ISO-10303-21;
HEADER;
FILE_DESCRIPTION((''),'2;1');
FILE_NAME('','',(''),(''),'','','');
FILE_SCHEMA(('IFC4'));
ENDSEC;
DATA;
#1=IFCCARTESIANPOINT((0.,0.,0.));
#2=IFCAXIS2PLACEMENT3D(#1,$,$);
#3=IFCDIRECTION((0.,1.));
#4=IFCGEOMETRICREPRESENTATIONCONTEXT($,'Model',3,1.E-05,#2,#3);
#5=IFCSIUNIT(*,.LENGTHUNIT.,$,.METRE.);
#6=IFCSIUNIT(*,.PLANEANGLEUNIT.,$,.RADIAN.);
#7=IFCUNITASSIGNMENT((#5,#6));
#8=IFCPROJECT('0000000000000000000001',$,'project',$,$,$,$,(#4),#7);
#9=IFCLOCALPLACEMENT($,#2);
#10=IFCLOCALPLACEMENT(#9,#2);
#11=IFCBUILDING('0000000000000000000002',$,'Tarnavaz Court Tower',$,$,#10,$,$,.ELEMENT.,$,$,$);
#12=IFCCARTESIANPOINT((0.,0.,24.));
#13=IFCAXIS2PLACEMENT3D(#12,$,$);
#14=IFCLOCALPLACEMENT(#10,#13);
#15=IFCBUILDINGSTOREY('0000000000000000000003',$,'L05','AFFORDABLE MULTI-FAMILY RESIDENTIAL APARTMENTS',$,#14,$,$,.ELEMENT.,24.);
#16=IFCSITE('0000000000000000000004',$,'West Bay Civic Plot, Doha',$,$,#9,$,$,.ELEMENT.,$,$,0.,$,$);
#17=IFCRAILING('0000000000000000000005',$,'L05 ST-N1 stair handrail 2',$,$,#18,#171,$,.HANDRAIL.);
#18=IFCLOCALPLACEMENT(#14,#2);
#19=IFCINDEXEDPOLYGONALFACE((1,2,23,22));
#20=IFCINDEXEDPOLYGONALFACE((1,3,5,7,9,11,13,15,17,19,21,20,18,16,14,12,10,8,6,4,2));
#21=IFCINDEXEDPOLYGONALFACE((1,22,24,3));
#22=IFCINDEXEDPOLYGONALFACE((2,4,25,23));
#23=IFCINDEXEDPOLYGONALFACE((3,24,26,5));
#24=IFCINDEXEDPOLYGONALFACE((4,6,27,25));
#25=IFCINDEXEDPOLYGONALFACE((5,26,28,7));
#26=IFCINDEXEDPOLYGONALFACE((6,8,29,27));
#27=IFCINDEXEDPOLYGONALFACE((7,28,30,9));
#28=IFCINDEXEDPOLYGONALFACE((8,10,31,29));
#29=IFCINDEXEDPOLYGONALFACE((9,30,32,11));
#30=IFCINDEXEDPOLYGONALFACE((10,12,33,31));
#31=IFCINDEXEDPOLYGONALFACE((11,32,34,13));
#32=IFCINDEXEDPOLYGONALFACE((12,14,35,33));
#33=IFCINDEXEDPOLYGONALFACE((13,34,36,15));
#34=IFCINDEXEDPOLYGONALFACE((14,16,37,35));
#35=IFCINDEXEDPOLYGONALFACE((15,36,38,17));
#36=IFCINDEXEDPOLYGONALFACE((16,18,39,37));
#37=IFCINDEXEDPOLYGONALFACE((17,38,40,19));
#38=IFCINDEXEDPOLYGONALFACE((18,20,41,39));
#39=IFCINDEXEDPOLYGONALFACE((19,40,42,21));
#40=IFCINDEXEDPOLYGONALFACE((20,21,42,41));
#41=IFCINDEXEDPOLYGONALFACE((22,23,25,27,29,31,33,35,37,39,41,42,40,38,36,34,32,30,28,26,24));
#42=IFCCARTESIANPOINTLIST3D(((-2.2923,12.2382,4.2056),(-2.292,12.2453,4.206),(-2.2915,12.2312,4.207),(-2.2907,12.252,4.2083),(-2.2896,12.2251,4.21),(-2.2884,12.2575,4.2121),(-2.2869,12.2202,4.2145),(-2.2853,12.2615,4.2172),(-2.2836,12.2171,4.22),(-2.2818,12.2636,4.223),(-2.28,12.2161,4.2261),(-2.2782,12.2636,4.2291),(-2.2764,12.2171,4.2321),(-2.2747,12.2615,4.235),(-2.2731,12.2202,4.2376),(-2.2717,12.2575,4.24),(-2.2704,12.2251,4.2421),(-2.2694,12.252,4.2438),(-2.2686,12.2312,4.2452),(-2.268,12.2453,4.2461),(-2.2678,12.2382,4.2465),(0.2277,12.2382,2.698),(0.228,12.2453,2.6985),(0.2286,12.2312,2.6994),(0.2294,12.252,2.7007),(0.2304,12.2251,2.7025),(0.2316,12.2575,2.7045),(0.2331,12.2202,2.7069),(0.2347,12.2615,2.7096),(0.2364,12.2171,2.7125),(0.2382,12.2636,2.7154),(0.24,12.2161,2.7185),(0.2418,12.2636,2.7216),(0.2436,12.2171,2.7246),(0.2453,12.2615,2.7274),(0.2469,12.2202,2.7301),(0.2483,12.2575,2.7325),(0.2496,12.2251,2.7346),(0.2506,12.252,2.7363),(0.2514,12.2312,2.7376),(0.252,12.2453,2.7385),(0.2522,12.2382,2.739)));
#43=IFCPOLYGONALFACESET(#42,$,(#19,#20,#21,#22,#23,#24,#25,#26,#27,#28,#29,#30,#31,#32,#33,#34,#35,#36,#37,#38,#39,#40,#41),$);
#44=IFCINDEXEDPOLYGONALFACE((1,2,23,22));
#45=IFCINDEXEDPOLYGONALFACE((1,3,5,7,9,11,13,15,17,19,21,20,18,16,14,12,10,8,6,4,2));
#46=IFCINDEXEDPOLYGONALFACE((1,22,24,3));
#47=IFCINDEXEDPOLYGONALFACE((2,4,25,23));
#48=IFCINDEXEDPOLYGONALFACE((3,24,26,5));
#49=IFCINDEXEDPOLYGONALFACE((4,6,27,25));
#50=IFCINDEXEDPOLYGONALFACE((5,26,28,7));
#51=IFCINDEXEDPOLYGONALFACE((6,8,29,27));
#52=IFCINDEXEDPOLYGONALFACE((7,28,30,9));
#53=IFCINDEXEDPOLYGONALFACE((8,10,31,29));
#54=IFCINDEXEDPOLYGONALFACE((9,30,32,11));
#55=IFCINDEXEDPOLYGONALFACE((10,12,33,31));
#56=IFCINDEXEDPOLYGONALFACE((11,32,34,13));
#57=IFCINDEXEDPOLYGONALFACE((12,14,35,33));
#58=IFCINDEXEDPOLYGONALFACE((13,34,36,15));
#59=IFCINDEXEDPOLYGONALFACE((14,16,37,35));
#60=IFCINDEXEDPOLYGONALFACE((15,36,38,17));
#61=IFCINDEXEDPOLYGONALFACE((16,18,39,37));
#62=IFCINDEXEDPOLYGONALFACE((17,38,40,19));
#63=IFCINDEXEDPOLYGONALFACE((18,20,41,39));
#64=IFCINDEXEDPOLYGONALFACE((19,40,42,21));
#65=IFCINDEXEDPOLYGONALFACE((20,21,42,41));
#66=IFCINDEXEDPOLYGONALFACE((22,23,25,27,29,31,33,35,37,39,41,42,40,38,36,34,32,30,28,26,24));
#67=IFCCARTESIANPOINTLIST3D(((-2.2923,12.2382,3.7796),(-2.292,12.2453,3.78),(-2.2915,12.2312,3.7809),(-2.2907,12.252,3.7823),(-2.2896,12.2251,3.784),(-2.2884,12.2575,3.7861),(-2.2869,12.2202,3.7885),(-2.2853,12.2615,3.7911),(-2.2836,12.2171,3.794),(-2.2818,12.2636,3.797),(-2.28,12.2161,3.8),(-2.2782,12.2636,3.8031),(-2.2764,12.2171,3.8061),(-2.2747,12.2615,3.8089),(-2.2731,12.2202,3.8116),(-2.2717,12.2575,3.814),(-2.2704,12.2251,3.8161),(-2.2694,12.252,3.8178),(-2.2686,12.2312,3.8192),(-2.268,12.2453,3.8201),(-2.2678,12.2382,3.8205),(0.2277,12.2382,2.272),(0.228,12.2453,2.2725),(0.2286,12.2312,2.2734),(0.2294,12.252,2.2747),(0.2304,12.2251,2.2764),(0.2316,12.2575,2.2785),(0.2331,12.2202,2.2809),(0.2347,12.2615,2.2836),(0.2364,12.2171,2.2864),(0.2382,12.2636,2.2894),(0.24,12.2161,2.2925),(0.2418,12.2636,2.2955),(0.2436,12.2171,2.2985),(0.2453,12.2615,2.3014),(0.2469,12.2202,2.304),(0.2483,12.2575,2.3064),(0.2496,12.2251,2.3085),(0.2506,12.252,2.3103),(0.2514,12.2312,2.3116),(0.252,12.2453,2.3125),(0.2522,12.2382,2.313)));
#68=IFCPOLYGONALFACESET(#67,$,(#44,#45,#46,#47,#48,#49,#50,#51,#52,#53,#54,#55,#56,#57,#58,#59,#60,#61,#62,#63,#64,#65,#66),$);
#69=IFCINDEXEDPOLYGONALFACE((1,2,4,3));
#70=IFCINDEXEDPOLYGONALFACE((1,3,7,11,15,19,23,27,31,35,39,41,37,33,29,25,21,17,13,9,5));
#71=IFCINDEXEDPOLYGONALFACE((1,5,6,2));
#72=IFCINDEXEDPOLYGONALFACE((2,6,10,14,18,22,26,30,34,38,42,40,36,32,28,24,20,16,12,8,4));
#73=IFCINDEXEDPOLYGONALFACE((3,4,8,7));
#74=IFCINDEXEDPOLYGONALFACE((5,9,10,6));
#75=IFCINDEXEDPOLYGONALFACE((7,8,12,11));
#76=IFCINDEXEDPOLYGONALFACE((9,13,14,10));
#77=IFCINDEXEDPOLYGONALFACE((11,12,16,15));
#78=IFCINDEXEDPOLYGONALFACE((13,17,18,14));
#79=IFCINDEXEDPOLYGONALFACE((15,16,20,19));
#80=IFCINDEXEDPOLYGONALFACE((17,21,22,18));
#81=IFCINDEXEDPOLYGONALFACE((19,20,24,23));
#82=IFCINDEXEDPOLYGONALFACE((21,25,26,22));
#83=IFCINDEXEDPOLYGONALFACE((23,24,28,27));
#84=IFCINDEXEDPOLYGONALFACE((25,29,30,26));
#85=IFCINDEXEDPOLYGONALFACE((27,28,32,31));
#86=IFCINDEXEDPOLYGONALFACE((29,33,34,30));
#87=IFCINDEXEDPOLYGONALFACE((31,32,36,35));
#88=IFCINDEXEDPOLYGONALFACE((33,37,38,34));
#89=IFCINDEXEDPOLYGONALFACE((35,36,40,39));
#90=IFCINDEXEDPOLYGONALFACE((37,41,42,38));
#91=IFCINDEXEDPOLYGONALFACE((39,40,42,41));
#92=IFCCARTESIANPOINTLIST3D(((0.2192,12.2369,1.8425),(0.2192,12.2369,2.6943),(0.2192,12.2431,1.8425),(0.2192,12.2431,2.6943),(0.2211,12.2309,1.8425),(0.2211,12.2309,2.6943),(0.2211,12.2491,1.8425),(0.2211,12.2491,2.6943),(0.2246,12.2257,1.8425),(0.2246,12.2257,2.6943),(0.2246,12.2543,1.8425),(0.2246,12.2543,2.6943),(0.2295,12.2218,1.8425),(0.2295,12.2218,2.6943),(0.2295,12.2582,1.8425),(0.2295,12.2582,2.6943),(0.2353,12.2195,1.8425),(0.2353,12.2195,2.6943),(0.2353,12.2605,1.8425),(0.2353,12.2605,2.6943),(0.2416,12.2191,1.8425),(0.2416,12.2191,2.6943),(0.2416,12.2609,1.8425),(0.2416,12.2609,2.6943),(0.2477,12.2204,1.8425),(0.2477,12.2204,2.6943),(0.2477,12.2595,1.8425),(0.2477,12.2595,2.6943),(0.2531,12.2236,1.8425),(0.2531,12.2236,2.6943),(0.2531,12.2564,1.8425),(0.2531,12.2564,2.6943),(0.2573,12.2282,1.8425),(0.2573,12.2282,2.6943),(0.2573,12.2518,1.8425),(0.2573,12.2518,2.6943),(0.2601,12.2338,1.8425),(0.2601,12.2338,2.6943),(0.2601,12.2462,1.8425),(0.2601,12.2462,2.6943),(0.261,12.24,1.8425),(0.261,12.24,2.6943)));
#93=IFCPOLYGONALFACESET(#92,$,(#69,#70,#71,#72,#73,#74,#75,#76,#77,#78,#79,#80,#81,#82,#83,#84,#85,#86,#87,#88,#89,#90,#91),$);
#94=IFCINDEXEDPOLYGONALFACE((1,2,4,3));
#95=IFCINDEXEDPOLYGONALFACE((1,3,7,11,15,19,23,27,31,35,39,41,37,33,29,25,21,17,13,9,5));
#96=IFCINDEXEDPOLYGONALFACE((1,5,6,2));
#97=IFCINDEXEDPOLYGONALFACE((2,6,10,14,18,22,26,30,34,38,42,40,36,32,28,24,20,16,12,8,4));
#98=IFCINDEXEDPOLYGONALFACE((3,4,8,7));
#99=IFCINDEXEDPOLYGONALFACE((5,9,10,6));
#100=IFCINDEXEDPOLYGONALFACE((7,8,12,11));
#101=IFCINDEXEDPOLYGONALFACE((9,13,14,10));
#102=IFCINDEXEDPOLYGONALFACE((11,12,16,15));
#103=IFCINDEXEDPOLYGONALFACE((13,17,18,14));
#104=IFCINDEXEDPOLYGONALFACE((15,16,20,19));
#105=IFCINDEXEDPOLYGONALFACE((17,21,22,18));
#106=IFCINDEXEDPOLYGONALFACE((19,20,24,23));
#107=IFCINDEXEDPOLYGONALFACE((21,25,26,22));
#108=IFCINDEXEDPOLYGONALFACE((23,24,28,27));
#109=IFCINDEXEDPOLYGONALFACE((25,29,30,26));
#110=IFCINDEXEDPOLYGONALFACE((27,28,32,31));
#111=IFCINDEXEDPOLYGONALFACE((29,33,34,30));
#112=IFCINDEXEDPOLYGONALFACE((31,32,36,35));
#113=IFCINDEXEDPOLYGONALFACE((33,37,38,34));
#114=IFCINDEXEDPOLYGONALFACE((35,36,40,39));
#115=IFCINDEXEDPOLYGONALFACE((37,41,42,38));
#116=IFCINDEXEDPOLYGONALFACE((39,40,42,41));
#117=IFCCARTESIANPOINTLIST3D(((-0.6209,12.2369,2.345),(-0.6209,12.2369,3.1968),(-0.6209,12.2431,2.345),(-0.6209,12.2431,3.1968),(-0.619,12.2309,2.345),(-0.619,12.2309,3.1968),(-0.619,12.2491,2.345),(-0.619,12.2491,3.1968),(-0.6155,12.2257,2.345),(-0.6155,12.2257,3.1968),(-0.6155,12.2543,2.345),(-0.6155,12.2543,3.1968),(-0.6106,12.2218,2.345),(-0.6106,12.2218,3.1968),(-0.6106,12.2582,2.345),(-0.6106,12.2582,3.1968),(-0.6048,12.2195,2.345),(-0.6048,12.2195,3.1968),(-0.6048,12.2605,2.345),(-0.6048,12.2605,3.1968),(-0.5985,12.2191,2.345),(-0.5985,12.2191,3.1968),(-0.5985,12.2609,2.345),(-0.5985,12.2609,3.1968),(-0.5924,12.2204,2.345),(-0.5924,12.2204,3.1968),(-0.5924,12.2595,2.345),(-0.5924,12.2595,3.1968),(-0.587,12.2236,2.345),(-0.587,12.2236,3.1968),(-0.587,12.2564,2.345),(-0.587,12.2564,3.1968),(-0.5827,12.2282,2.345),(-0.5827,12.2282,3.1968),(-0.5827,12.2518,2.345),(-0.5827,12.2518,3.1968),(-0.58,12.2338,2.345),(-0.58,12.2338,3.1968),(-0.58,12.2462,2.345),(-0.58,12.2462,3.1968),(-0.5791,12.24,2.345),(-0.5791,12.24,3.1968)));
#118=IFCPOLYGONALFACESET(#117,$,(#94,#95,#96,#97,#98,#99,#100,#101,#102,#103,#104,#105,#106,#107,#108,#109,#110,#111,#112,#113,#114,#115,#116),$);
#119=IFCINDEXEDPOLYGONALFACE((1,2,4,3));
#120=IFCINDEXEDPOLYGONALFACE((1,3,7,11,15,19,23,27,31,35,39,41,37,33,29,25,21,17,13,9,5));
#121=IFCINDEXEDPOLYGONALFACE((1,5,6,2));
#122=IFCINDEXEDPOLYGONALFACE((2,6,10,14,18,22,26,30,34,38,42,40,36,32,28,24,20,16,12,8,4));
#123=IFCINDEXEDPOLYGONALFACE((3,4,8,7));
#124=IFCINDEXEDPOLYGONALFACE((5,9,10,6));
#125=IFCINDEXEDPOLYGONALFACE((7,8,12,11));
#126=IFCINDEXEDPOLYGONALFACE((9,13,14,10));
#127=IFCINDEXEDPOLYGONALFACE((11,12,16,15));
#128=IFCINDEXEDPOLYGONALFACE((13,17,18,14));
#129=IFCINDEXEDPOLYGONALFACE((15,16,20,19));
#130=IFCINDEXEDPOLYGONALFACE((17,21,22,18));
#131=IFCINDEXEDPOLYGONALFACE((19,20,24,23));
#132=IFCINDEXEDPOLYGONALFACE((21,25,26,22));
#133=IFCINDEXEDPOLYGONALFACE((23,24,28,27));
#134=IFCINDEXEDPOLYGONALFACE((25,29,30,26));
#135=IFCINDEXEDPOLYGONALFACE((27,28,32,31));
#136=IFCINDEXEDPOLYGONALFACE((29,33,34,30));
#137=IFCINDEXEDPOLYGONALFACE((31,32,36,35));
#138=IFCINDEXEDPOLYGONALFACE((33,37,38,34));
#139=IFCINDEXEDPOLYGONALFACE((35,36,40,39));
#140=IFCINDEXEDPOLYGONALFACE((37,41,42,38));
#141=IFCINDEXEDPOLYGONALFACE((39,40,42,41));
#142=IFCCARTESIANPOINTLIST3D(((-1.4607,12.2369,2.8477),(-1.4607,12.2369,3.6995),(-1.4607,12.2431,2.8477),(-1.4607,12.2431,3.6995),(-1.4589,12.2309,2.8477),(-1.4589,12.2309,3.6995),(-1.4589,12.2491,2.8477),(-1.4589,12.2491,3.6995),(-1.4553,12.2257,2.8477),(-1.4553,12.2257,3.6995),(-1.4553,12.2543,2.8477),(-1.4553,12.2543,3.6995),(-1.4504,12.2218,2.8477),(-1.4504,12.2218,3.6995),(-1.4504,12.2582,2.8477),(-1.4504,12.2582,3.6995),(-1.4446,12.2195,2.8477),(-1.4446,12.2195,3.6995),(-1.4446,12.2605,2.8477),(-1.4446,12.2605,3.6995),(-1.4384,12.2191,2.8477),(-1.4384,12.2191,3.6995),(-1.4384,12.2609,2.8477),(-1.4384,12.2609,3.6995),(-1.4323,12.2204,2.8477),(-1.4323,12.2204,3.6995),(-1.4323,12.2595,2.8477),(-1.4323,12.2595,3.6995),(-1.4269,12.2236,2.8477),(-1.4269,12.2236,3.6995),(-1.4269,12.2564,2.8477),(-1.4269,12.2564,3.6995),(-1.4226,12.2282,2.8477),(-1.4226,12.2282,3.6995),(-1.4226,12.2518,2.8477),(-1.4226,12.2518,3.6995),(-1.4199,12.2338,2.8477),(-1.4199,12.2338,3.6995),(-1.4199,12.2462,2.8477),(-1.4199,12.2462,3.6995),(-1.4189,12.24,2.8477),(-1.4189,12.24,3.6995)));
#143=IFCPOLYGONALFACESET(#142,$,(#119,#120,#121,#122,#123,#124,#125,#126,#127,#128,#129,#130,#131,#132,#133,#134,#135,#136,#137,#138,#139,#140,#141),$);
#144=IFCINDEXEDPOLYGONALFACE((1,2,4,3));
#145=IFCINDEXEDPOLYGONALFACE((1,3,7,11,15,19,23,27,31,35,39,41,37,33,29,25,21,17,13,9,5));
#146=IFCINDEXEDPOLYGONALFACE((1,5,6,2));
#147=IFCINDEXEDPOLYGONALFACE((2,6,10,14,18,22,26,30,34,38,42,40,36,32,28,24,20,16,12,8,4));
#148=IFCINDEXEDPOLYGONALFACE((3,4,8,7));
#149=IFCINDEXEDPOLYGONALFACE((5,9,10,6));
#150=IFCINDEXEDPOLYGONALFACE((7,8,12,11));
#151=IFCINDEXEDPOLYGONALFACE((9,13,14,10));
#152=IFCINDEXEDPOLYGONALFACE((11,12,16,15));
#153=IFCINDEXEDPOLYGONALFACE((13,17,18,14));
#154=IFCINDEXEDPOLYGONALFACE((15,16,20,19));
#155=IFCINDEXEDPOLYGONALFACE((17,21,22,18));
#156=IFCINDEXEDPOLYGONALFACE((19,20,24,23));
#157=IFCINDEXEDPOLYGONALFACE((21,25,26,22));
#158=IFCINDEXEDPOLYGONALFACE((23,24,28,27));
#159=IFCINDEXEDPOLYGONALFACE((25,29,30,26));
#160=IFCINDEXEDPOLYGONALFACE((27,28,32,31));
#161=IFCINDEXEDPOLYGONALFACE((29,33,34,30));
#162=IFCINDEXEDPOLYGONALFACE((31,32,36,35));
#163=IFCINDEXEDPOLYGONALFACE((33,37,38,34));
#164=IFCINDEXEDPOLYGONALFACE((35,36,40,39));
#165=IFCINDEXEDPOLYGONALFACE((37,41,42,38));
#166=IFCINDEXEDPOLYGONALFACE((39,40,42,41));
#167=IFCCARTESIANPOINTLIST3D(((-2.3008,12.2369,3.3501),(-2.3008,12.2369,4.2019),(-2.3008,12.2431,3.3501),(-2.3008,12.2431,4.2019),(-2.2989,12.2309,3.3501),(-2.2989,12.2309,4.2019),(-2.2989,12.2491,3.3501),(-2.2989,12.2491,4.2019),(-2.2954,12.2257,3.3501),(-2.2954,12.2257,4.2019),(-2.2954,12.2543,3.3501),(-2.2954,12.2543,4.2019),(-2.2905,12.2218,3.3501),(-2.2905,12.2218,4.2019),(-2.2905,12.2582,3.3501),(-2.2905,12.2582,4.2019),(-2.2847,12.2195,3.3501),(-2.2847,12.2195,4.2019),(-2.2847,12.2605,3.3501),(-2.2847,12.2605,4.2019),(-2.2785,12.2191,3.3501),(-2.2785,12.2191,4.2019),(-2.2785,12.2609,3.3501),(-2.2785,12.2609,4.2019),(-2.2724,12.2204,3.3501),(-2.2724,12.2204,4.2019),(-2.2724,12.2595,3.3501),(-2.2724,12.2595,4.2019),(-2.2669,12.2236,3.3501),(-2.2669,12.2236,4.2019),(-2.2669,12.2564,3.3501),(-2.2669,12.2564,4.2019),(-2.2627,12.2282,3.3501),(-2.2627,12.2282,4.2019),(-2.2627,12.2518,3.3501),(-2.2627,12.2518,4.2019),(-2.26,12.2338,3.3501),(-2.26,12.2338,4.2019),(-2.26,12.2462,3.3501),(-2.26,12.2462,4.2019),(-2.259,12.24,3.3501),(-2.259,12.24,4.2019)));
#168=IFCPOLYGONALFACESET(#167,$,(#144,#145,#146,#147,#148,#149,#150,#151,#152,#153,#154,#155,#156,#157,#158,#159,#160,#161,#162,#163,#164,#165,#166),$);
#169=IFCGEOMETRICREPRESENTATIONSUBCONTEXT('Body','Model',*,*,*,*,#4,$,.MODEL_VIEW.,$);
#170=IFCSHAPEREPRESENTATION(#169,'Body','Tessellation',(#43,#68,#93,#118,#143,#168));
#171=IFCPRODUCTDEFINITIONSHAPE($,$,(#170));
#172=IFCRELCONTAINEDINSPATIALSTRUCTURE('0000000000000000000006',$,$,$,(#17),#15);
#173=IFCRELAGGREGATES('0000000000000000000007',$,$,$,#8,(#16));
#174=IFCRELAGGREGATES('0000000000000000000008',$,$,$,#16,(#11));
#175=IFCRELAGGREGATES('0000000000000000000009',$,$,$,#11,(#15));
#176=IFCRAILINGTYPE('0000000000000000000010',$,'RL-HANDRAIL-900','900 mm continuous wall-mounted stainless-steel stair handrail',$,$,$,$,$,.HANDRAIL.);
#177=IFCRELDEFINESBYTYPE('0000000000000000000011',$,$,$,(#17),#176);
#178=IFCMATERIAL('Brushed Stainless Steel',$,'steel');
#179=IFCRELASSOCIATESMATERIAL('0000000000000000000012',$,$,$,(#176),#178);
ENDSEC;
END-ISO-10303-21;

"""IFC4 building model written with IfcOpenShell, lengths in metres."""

from ifc_helpers import new_model, si_unit, direction, frame, origin, origin_2d, place, context, subcontext, project, spatial, circle, extrude, material, type_object, element, save


model = new_model("IFC4")

# Units and contexts
model_context = context("Model", 3, precision=1e-05, world=origin(), true_north=direction((0.0, 1.0)))
body_context = subcontext(model_context, "Body", "Model", "MODEL_VIEW")
ifc_project = project(units=[si_unit("LENGTHUNIT", "METRE"), si_unit("PLANEANGLEUNIT", "RADIAN")], contexts=[model_context])

# Site, building, storey
site_placement = place(None, origin())
site = spatial("IfcSite", under=ifc_project, at=site_placement, Name="West Bay Civic Plot, Doha", CompositionType="ELEMENT", RefElevation=0.0)
building_placement = place(site_placement, origin())
building = spatial("IfcBuilding", under=site, at=building_placement, Name="Tarnavaz Court Tower", CompositionType="ELEMENT")
storey_placement = place(building_placement, frame((0.0, 0.0, 24.0)))
storey = spatial("IfcBuildingStorey", under=building, at=storey_placement, Name="L05", Description="AFFORDABLE MULTI-FAMILY RESIDENTIAL APARTMENTS", CompositionType="ELEMENT", Elevation=24.0)

# Railing
ifc_material_1 = material(Name="Brushed Stainless Steel", Category="steel")
railing_type_1 = type_object("IfcRailingType", Name="RL-HANDRAIL-900", Description="900 mm continuous wall-mounted stainless-steel stair handrail", PredefinedType="HANDRAIL", material=ifc_material_1)
railing_1_placement = place(storey_placement, frame((0.24, 12.24, 1.8425)))
element("IfcRailing", 1, at=railing_1_placement, inside=storey, type_object=railing_type_1, Name="L05 ST-N1 stair handrail 2", PredefinedType="HANDRAIL", context=body_context, shape_type="SweptSolid", body=[
    extrude(circle(Radius=0.0239, at=origin_2d()), frame((0.0, 0.0, 0.876), z_axis=(-0.85816, 0.0, 0.513383), x_axis=(0.0, -1.0, 0.0)), (0.0, 0.0, 1.0), 2.9365),
    extrude(circle(Radius=0.0239, at=origin_2d()), frame((0.0, 0.0, 0.45), z_axis=(-0.85816, 0.0, 0.513383), x_axis=(0.0, -1.0, 0.0)), (0.0, 0.0, 1.0), 2.9365),
    extrude(circle(Radius=0.021, at=origin_2d()), origin(), (0.0, 0.0, 1.0), 0.8518),
    extrude(circle(Radius=0.021, at=origin_2d()), frame((-0.8401, 0.0, 0.5024)), (0.0, 0.0, 1.0), 0.8518),
    extrude(circle(Radius=0.021, at=origin_2d()), frame((-1.6799, 0.0, 1.0051)), (0.0, 0.0, 1.0), 0.8518),
    extrude(circle(Radius=0.021, at=origin_2d()), frame((-2.52, 0.0, 1.5076)), (0.0, 0.0, 1.0), 0.8518),
])

save(model, "model.ifc")
